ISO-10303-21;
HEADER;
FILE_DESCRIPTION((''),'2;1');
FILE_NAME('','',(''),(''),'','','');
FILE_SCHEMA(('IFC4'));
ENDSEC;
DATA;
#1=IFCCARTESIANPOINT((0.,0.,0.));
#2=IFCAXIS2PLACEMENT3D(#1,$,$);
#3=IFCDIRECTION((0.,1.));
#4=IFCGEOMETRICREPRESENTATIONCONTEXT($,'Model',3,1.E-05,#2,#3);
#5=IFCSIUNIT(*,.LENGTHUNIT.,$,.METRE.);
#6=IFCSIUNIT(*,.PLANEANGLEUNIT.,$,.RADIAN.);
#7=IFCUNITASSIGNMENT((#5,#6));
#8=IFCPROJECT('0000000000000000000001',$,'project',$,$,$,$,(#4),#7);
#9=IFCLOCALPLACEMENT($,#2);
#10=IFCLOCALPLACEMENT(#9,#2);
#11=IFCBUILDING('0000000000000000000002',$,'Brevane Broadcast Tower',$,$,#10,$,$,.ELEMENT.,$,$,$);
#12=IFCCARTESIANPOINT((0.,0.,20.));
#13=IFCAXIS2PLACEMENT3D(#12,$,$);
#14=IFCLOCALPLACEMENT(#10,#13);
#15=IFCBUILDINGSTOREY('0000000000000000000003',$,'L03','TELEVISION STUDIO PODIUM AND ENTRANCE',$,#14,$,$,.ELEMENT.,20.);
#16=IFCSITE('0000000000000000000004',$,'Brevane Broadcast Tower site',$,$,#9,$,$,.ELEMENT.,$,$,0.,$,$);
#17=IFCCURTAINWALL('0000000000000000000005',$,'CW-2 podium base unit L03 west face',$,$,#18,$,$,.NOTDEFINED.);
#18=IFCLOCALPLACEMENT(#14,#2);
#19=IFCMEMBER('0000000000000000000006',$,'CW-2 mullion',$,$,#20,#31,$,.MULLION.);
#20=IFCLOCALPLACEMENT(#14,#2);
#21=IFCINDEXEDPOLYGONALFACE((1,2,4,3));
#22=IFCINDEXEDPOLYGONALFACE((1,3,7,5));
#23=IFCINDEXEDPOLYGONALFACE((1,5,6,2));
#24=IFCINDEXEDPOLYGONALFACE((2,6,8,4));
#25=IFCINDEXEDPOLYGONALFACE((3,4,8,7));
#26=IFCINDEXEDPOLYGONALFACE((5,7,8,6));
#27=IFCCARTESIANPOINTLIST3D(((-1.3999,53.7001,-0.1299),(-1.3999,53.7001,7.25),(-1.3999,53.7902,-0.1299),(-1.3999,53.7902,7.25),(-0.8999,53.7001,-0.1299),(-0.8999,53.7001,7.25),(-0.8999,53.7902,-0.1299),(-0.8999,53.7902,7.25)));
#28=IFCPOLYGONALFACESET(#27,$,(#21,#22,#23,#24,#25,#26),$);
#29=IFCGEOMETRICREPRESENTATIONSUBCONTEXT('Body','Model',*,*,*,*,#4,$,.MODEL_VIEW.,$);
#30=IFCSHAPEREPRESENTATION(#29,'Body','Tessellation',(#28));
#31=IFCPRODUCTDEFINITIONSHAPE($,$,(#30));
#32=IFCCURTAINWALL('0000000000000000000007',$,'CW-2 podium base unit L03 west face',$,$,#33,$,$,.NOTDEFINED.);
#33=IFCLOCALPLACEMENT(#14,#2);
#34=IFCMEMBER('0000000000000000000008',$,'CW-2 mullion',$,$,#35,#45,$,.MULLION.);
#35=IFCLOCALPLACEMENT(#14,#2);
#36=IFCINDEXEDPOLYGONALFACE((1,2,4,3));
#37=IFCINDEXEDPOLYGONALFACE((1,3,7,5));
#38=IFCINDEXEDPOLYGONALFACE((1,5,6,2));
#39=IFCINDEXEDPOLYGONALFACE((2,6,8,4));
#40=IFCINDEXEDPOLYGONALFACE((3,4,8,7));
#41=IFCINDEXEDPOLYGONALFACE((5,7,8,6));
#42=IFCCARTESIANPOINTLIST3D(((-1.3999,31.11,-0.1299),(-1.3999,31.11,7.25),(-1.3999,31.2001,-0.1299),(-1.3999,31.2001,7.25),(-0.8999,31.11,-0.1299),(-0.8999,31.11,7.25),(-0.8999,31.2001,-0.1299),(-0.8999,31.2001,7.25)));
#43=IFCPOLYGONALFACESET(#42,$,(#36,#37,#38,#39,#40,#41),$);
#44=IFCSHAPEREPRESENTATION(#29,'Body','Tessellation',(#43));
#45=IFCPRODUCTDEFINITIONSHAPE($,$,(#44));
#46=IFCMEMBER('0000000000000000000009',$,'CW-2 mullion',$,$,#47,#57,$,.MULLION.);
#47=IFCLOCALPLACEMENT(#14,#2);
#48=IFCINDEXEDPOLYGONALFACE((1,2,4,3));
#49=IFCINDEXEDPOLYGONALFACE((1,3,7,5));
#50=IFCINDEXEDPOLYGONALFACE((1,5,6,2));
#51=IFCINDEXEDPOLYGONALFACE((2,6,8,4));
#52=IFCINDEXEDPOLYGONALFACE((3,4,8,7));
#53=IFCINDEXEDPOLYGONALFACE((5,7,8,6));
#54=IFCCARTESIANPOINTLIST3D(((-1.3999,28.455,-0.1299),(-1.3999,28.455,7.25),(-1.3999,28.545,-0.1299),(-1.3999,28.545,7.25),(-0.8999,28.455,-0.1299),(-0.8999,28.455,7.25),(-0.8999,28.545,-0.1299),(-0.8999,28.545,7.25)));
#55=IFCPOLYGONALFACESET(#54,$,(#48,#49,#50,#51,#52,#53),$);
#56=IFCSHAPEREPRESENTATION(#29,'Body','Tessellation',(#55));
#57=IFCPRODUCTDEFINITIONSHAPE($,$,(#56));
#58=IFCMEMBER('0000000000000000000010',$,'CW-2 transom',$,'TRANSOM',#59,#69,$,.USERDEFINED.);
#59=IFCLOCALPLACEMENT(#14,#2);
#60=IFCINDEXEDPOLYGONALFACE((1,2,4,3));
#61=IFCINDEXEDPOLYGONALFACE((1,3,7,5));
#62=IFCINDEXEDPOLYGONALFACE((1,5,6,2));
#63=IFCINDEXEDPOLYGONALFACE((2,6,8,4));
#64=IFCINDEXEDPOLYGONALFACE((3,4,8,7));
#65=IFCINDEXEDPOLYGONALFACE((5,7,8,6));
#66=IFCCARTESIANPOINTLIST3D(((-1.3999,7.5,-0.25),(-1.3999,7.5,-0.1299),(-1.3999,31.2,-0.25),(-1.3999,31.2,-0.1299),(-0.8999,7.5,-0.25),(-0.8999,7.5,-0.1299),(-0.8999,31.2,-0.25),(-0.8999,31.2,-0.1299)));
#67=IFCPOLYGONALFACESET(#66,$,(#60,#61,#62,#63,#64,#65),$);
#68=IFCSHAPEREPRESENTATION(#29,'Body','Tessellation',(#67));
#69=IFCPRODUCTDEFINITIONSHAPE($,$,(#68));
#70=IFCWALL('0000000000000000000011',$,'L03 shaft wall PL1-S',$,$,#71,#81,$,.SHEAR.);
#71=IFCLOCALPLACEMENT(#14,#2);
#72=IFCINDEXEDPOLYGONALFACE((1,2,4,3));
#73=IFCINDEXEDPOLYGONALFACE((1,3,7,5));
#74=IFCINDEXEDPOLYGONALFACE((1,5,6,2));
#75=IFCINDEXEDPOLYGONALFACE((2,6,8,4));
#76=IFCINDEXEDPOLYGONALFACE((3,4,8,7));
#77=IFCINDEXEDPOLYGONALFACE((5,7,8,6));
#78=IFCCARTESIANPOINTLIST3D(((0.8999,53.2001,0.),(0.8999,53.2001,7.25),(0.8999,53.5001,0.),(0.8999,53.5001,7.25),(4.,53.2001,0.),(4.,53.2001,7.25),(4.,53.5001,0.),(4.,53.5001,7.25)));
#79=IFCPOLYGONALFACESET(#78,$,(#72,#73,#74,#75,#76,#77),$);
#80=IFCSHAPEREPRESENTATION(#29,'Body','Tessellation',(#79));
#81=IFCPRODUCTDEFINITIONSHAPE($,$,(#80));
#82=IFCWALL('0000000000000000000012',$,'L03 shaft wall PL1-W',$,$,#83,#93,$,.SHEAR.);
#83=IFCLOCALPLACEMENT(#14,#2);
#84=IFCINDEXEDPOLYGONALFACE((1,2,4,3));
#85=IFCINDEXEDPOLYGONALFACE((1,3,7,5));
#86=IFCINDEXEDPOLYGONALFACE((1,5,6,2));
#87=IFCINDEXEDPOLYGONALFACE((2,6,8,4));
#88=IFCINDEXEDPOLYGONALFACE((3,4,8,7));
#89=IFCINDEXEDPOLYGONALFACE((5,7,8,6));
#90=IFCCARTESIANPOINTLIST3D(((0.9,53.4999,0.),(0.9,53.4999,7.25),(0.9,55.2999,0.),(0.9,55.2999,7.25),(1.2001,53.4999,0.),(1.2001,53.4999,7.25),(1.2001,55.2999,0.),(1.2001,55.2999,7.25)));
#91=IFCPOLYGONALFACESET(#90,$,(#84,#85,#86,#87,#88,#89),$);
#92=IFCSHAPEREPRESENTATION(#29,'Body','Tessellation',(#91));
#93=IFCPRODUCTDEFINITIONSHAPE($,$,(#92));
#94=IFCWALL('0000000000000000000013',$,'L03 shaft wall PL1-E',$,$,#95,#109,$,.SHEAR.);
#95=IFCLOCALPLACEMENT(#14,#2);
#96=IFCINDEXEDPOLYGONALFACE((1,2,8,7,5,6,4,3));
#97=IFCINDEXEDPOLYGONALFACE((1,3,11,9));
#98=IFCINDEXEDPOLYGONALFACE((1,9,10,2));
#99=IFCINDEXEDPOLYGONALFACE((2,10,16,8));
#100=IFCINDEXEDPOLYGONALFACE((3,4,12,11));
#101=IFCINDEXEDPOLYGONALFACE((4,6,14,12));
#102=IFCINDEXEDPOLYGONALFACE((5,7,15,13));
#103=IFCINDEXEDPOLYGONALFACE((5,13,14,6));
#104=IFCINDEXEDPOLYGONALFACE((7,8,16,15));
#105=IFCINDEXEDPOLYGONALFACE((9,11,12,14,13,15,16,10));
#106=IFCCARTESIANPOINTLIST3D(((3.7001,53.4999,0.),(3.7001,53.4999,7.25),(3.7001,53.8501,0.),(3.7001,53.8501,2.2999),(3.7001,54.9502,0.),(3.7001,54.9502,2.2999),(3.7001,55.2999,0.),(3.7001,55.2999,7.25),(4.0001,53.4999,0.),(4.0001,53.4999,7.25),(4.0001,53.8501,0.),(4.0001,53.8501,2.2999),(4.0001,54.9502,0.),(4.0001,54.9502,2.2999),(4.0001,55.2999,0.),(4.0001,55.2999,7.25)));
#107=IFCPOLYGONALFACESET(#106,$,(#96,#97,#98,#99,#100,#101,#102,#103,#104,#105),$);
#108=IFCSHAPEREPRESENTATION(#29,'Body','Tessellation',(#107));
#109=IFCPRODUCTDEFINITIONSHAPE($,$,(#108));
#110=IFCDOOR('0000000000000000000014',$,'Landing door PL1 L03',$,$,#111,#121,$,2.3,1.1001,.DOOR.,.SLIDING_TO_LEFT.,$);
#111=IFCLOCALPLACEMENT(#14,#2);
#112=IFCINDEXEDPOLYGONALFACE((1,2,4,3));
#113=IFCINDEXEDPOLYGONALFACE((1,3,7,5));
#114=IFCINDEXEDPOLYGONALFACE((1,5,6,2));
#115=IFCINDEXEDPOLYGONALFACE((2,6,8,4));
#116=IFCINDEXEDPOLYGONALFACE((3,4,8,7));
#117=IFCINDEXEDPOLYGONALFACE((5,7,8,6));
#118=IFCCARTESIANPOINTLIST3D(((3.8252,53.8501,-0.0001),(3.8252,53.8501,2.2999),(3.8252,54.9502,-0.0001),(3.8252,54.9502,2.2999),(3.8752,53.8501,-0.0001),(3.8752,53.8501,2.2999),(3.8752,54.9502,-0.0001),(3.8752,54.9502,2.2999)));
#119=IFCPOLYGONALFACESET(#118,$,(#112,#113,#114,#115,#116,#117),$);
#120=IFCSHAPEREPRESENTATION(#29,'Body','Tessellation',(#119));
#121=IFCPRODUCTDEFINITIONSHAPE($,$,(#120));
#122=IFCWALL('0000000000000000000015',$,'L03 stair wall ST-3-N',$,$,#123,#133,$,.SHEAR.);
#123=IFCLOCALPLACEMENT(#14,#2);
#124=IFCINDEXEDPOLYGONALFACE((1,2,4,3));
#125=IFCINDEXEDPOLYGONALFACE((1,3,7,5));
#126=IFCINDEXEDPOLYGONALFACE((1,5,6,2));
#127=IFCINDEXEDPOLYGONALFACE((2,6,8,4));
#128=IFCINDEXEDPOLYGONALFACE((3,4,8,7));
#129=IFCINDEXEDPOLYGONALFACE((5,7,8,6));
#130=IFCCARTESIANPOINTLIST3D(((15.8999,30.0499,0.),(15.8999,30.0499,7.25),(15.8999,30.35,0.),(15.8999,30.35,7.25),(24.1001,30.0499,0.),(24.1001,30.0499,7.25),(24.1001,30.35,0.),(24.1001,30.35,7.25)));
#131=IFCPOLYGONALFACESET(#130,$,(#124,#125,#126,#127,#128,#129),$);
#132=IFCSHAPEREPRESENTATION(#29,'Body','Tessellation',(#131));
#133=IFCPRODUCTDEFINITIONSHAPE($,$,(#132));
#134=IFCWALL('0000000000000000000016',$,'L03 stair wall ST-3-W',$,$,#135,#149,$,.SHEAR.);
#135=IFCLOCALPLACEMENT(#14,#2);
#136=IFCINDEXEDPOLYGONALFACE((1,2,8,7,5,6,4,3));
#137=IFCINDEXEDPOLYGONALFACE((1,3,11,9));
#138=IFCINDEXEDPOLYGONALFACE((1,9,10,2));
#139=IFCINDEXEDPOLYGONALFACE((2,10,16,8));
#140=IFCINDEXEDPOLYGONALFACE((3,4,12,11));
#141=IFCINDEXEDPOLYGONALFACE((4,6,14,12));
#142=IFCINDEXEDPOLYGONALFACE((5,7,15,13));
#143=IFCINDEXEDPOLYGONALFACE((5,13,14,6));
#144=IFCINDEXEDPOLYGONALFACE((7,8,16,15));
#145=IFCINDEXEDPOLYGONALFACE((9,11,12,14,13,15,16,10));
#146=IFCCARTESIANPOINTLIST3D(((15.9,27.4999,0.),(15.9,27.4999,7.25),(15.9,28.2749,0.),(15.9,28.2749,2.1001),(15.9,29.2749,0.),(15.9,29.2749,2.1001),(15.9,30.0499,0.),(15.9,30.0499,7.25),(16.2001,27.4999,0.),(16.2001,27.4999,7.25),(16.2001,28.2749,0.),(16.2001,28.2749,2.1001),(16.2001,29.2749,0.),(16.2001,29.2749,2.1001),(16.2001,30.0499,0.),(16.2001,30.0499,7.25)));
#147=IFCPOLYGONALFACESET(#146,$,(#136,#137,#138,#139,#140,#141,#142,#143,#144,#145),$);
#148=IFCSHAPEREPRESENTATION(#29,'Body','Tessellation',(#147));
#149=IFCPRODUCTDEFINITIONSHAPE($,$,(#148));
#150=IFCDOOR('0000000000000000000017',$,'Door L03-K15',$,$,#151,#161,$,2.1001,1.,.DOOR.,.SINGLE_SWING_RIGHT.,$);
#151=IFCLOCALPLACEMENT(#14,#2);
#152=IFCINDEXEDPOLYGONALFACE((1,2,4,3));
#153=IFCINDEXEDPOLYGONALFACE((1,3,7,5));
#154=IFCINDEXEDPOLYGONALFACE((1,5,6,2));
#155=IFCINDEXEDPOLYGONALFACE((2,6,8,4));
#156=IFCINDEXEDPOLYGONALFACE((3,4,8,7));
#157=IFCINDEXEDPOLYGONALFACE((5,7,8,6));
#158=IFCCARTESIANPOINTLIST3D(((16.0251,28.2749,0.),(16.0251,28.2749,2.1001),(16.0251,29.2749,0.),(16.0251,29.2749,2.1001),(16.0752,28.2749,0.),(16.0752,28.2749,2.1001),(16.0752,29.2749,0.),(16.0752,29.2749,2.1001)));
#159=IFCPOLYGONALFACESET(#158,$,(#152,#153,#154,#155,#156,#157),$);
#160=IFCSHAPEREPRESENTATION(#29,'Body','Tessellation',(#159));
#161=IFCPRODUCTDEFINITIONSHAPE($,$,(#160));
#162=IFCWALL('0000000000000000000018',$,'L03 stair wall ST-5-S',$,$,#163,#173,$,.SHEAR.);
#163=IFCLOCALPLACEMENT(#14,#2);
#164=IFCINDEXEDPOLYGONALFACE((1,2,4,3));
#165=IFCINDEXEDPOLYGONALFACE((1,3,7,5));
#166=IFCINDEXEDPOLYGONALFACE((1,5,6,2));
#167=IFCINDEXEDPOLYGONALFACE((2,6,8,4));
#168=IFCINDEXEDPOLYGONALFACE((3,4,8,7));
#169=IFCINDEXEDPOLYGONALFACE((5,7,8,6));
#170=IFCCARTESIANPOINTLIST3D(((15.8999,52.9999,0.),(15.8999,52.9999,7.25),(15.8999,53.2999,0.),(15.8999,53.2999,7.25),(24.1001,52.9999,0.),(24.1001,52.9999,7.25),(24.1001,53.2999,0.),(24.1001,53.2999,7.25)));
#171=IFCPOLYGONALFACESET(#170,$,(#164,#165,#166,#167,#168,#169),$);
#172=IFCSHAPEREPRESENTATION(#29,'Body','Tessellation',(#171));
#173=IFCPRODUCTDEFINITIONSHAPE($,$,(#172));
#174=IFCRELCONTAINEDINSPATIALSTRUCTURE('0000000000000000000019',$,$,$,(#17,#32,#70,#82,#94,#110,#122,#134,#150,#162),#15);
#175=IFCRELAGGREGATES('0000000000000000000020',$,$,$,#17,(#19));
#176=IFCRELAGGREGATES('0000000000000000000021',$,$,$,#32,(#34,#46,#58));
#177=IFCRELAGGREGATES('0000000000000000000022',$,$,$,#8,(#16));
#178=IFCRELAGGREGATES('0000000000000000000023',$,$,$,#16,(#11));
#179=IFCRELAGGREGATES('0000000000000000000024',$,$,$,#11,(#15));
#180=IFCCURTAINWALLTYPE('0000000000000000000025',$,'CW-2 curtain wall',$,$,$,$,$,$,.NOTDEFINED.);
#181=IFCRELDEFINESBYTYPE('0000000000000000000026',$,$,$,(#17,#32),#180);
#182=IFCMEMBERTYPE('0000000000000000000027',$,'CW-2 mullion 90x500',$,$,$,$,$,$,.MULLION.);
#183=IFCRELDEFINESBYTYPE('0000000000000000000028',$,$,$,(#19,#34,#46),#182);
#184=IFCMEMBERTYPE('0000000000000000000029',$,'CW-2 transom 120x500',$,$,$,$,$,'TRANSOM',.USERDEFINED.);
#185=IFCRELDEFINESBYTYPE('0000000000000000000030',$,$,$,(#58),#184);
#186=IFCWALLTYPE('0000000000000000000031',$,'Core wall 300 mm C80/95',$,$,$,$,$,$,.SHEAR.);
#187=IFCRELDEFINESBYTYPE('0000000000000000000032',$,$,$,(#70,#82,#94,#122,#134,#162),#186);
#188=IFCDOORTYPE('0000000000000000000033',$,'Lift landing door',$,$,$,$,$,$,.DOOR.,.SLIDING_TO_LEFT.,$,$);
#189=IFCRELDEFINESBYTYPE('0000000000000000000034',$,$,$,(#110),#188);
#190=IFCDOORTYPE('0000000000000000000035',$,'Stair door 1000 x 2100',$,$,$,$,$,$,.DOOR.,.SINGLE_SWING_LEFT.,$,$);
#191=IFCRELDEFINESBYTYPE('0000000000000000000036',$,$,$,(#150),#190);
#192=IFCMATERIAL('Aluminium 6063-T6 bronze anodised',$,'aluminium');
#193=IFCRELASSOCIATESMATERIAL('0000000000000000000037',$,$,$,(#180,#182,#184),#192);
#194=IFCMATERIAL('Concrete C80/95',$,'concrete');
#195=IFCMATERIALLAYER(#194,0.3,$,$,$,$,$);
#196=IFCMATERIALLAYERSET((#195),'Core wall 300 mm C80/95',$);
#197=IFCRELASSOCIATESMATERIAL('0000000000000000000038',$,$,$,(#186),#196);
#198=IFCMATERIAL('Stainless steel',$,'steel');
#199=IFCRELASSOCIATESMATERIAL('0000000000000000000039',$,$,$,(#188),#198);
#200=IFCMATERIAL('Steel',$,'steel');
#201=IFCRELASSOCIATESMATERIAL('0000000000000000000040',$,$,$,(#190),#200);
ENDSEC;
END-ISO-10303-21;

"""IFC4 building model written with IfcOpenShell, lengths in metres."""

from ifc_helpers import new_model, si_unit, direction, frame, frame_2d, origin, origin_2d, place, context, subcontext, project, spatial, rectangle, extrude, material, layer, layer_set, material_profile, profile_set, type_object, element, fill, aggregate, save


model = new_model("IFC4")

# Units and contexts
model_context = context("Model", 3, precision=1e-05, world=origin(), true_north=direction((0.0, 1.0)))
body_context = subcontext(model_context, "Body", "Model", "MODEL_VIEW")
ifc_project = project(units=[si_unit("LENGTHUNIT", "METRE"), si_unit("PLANEANGLEUNIT", "RADIAN")], contexts=[model_context])

# Site, building, storey
site_placement = place(None, origin())
site = spatial("IfcSite", under=ifc_project, at=site_placement, Name="Brevane Broadcast Tower site", CompositionType="ELEMENT", RefElevation=0.0)
building_placement = place(site_placement, origin())
building = spatial("IfcBuilding", under=site, at=building_placement, Name="Brevane Broadcast Tower", CompositionType="ELEMENT")
storey_placement = place(building_placement, frame((0.0, 0.0, 20.0)))
storey = spatial("IfcBuildingStorey", under=building, at=storey_placement, Name="L03", Description="TELEVISION STUDIO PODIUM AND ENTRANCE", CompositionType="ELEMENT", Elevation=20.0)

# Curtain wall, member
ifc_material_1 = material(Name="Aluminium 6063-T6 bronze anodised", Category="aluminium")
curtain_wall_type = type_object("IfcCurtainWallType", Name="CW-2 curtain wall", PredefinedType="NOTDEFINED", material=ifc_material_1)
curtain_wall_1_placement = place(storey_placement, origin())
curtain_wall_1 = element("IfcCurtainWall", 1, at=curtain_wall_1_placement, inside=storey, type_object=curtain_wall_type, Name="CW-2 podium base unit L03 west face", PredefinedType="NOTDEFINED")
ifc_material_profile_1 = material_profile(ifc_material_1, rectangle(XDim=0.5, YDim=0.0901, at=origin_2d()), Name="RECT 90x500")
ifc_profile_set_1 = profile_set([ifc_material_profile_1], Name="Aluminium 6063-T6 bronze anodised")
member_type_1 = type_object("IfcMemberType", Name="CW-2 mullion 90x500", PredefinedType="MULLION", material=ifc_profile_set_1)
member_1_placement = place(storey_placement, frame((-1.1499, 53.7451, -0.1299), z_axis=(0.0, 0.0, 1.0), x_axis=(1.0, 0.0, 0.0)))
member_1 = element("IfcMember", 2, at=member_1_placement, type_object=member_type_1, Name="CW-2 mullion", PredefinedType="MULLION", context=body_context, shape_type="SweptSolid", body=[
    extrude(rectangle(XDim=0.5, YDim=0.0901, at=origin_2d()), origin(), (0.0, 0.0, 1.0), 7.3799),
])
aggregate(curtain_wall_1, [member_1])

# Curtain wall, members
curtain_wall_2_placement = place(storey_placement, origin())
curtain_wall_2 = element("IfcCurtainWall", 3, at=curtain_wall_2_placement, inside=storey, type_object=curtain_wall_type, Name="CW-2 podium base unit L03 west face", PredefinedType="NOTDEFINED")
member_2_placement = place(storey_placement, frame((-1.1499, 31.155, -0.1299), z_axis=(0.0, 0.0, 1.0), x_axis=(1.0, 0.0, 0.0)))
member_2 = element("IfcMember", 4, at=member_2_placement, type_object=member_type_1, Name="CW-2 mullion", PredefinedType="MULLION", context=body_context, shape_type="SweptSolid", body=[
    extrude(rectangle(XDim=0.5, YDim=0.0901, at=origin_2d()), origin(), (0.0, 0.0, 1.0), 7.3799),
])
member_3_placement = place(storey_placement, frame((-1.1499, 28.5, -0.1299), z_axis=(0.0, 0.0, 1.0), x_axis=(1.0, 0.0, 0.0)))
member_3 = element("IfcMember", 5, at=member_3_placement, type_object=member_type_1, Name="CW-2 mullion", PredefinedType="MULLION", context=body_context, shape_type="SweptSolid", body=[
    extrude(rectangle(XDim=0.5, YDim=0.0901, at=origin_2d()), origin(), (0.0, 0.0, 1.0), 7.3799),
])
ifc_material_profile_2 = material_profile(ifc_material_1, rectangle(XDim=0.5, YDim=0.1201, at=origin_2d()), Name="RECT 120x500")
ifc_profile_set_2 = profile_set([ifc_material_profile_2], Name="Aluminium 6063-T6 bronze anodised")
member_type_2 = type_object("IfcMemberType", Name="CW-2 transom 120x500", ElementType="TRANSOM", PredefinedType="USERDEFINED", material=ifc_profile_set_2)
member_4_placement = place(storey_placement, frame((-1.1499, 31.2, -0.1899), z_axis=(0.0, -1.0, 0.0), x_axis=(1.0, 0.0, 0.0)))
member_4 = element("IfcMember", 6, at=member_4_placement, type_object=member_type_2, Name="CW-2 transom", ObjectType="TRANSOM", PredefinedType="USERDEFINED", context=body_context, shape_type="SweptSolid", body=[
    extrude(rectangle(XDim=0.5, YDim=0.1201, at=origin_2d()), origin(), (0.0, 0.0, 1.0), 23.7),
])
aggregate(curtain_wall_2, [member_2, member_3, member_4])

# Walls
ifc_material_2 = material(Name="Concrete C80/95", Category="concrete")
ifc_layer = layer(ifc_material_2, 0.3)
ifc_layer_set = layer_set([ifc_layer], Name="Core wall 300 mm C80/95")
wall_type = type_object("IfcWallType", Name="Core wall 300 mm C80/95", PredefinedType="SHEAR", material=ifc_layer_set)
wall_1_placement = place(storey_placement, frame((0.8999, 53.3501, 0.0), z_axis=(0.0, 0.0, 1.0), x_axis=(1.0, 0.0, 0.0)))
element("IfcWall", 7, at=wall_1_placement, inside=storey, type_object=wall_type, Name="L03 shaft wall PL1-S", PredefinedType="SHEAR", context=body_context, shape_type="SweptSolid", body=[
    extrude(rectangle(XDim=3.1001, YDim=0.3, at=frame_2d((1.55, 0.0))), origin(), (0.0, 0.0, 1.0), 7.25),
])
wall_2_placement = place(storey_placement, frame((1.05, 53.5, 0.0), z_axis=(0.0, 0.0, 1.0), x_axis=(0.0, 1.0, 0.0)))
element("IfcWall", 8, at=wall_2_placement, inside=storey, type_object=wall_type, Name="L03 shaft wall PL1-W", PredefinedType="SHEAR", context=body_context, shape_type="SweptSolid", body=[
    extrude(rectangle(XDim=1.8, YDim=0.3, at=frame_2d((0.8999, 0.0))), origin(), (0.0, 0.0, 1.0), 7.25),
])

# Wall, opening, door
wall_3_placement = place(storey_placement, frame((3.8501, 53.5, 0.0), z_axis=(0.0, 0.0, 1.0), x_axis=(0.0, 1.0, 0.0)))
wall_3 = element("IfcWall", 9, at=wall_3_placement, inside=storey, type_object=wall_type, Name="L03 shaft wall PL1-E", PredefinedType="SHEAR", context=body_context, shape_type="SweptSolid", body=[
    extrude(rectangle(XDim=1.8, YDim=0.3, at=frame_2d((0.8999, 0.0))), origin(), (0.0, 0.0, 1.0), 7.25),
])
opening_1_placement = place(wall_3_placement, frame((0.3501, 0.0, 0.0)))
opening_1 = element("IfcOpeningElement", 10, at=opening_1_placement, cuts=wall_3, PredefinedType="OPENING", context=body_context, shape_type="SweptSolid", body=[
    extrude(rectangle(XDim=1.1001, YDim=2.3, at=frame_2d((0.55, 1.1499))), frame((0.0, 0.1599, 0.0), z_axis=(0.0, -1.0, 0.0), x_axis=(1.0, 0.0, 0.0)), (0.0, 0.0, 1.0), 0.3201),
])
ifc_material_3 = material(Name="Stainless steel", Category="steel")
door_type_1 = type_object("IfcDoorType", Name="Lift landing door", OperationType="SLIDING_TO_LEFT", PredefinedType="DOOR", material=ifc_material_3)
door_1_placement = place(opening_1_placement, origin())
door_1 = element("IfcDoor", 11, at=door_1_placement, inside=storey, type_object=door_type_1, Name="Landing door PL1 L03", OperationType="SLIDING_TO_LEFT", OverallHeight=2.3, OverallWidth=1.1001, PredefinedType="DOOR", context=body_context, shape_type="SweptSolid", body=[
    extrude(rectangle(XDim=1.1001, YDim=2.3, at=frame_2d((0.55, 1.1499))), frame((0.0, 0.0249, 0.0), z_axis=(0.0, -1.0, 0.0), x_axis=(1.0, 0.0, 0.0)), (0.0, 0.0, 1.0), 0.05),
])
fill(opening_1, door_1)

# Wall
wall_4_placement = place(storey_placement, frame((15.8999, 30.2, 0.0), z_axis=(0.0, 0.0, 1.0), x_axis=(1.0, 0.0, 0.0)))
element("IfcWall", 12, at=wall_4_placement, inside=storey, type_object=wall_type, Name="L03 stair wall ST-3-N", PredefinedType="SHEAR", context=body_context, shape_type="SweptSolid", body=[
    extrude(rectangle(XDim=8.2002, YDim=0.3, at=frame_2d((4.1001, 0.0))), origin(), (0.0, 0.0, 1.0), 7.25),
])

# Wall, opening, door
wall_5_placement = place(storey_placement, frame((16.05, 27.5, 0.0), z_axis=(0.0, 0.0, 1.0), x_axis=(0.0, 1.0, 0.0)))
wall_5 = element("IfcWall", 13, at=wall_5_placement, inside=storey, type_object=wall_type, Name="L03 stair wall ST-3-W", PredefinedType="SHEAR", context=body_context, shape_type="SweptSolid", body=[
    extrude(rectangle(XDim=2.55, YDim=0.3, at=frame_2d((1.2749, 0.0))), origin(), (0.0, 0.0, 1.0), 7.25),
])
opening_2_placement = place(wall_5_placement, frame((0.7749, 0.0, 0.0)))
opening_2 = element("IfcOpeningElement", 14, at=opening_2_placement, cuts=wall_5, PredefinedType="OPENING", context=body_context, shape_type="SweptSolid", body=[
    extrude(rectangle(XDim=1.0, YDim=2.1001, at=frame_2d((0.5, 1.05))), frame((0.0, 0.1599, 0.0), z_axis=(0.0, -1.0, 0.0), x_axis=(1.0, 0.0, 0.0)), (0.0, 0.0, 1.0), 0.3201),
])
ifc_material_4 = material(Name="Steel", Category="steel")
door_type_2 = type_object("IfcDoorType", Name="Stair door 1000 x 2100", OperationType="SINGLE_SWING_LEFT", PredefinedType="DOOR", material=ifc_material_4)
door_2_placement = place(opening_2_placement, origin())
door_2 = element("IfcDoor", 15, at=door_2_placement, inside=storey, type_object=door_type_2, Name="Door L03-K15", OperationType="SINGLE_SWING_RIGHT", OverallHeight=2.1001, OverallWidth=1.0, PredefinedType="DOOR", context=body_context, shape_type="SweptSolid", body=[
    extrude(rectangle(XDim=1.0, YDim=2.1001, at=frame_2d((0.5, 1.05))), frame((0.0, 0.0249, 0.0), z_axis=(0.0, -1.0, 0.0), x_axis=(1.0, 0.0, 0.0)), (0.0, 0.0, 1.0), 0.05),
])
fill(opening_2, door_2)

# Wall
wall_6_placement = place(storey_placement, frame((15.8999, 53.1499, 0.0), z_axis=(0.0, 0.0, 1.0), x_axis=(1.0, 0.0, 0.0)))
element("IfcWall", 16, at=wall_6_placement, inside=storey, type_object=wall_type, Name="L03 stair wall ST-5-S", PredefinedType="SHEAR", context=body_context, shape_type="SweptSolid", body=[
    extrude(rectangle(XDim=8.2002, YDim=0.3, at=frame_2d((4.1001, 0.0))), origin(), (0.0, 0.0, 1.0), 7.25),
])

save(model, "model.ifc")
